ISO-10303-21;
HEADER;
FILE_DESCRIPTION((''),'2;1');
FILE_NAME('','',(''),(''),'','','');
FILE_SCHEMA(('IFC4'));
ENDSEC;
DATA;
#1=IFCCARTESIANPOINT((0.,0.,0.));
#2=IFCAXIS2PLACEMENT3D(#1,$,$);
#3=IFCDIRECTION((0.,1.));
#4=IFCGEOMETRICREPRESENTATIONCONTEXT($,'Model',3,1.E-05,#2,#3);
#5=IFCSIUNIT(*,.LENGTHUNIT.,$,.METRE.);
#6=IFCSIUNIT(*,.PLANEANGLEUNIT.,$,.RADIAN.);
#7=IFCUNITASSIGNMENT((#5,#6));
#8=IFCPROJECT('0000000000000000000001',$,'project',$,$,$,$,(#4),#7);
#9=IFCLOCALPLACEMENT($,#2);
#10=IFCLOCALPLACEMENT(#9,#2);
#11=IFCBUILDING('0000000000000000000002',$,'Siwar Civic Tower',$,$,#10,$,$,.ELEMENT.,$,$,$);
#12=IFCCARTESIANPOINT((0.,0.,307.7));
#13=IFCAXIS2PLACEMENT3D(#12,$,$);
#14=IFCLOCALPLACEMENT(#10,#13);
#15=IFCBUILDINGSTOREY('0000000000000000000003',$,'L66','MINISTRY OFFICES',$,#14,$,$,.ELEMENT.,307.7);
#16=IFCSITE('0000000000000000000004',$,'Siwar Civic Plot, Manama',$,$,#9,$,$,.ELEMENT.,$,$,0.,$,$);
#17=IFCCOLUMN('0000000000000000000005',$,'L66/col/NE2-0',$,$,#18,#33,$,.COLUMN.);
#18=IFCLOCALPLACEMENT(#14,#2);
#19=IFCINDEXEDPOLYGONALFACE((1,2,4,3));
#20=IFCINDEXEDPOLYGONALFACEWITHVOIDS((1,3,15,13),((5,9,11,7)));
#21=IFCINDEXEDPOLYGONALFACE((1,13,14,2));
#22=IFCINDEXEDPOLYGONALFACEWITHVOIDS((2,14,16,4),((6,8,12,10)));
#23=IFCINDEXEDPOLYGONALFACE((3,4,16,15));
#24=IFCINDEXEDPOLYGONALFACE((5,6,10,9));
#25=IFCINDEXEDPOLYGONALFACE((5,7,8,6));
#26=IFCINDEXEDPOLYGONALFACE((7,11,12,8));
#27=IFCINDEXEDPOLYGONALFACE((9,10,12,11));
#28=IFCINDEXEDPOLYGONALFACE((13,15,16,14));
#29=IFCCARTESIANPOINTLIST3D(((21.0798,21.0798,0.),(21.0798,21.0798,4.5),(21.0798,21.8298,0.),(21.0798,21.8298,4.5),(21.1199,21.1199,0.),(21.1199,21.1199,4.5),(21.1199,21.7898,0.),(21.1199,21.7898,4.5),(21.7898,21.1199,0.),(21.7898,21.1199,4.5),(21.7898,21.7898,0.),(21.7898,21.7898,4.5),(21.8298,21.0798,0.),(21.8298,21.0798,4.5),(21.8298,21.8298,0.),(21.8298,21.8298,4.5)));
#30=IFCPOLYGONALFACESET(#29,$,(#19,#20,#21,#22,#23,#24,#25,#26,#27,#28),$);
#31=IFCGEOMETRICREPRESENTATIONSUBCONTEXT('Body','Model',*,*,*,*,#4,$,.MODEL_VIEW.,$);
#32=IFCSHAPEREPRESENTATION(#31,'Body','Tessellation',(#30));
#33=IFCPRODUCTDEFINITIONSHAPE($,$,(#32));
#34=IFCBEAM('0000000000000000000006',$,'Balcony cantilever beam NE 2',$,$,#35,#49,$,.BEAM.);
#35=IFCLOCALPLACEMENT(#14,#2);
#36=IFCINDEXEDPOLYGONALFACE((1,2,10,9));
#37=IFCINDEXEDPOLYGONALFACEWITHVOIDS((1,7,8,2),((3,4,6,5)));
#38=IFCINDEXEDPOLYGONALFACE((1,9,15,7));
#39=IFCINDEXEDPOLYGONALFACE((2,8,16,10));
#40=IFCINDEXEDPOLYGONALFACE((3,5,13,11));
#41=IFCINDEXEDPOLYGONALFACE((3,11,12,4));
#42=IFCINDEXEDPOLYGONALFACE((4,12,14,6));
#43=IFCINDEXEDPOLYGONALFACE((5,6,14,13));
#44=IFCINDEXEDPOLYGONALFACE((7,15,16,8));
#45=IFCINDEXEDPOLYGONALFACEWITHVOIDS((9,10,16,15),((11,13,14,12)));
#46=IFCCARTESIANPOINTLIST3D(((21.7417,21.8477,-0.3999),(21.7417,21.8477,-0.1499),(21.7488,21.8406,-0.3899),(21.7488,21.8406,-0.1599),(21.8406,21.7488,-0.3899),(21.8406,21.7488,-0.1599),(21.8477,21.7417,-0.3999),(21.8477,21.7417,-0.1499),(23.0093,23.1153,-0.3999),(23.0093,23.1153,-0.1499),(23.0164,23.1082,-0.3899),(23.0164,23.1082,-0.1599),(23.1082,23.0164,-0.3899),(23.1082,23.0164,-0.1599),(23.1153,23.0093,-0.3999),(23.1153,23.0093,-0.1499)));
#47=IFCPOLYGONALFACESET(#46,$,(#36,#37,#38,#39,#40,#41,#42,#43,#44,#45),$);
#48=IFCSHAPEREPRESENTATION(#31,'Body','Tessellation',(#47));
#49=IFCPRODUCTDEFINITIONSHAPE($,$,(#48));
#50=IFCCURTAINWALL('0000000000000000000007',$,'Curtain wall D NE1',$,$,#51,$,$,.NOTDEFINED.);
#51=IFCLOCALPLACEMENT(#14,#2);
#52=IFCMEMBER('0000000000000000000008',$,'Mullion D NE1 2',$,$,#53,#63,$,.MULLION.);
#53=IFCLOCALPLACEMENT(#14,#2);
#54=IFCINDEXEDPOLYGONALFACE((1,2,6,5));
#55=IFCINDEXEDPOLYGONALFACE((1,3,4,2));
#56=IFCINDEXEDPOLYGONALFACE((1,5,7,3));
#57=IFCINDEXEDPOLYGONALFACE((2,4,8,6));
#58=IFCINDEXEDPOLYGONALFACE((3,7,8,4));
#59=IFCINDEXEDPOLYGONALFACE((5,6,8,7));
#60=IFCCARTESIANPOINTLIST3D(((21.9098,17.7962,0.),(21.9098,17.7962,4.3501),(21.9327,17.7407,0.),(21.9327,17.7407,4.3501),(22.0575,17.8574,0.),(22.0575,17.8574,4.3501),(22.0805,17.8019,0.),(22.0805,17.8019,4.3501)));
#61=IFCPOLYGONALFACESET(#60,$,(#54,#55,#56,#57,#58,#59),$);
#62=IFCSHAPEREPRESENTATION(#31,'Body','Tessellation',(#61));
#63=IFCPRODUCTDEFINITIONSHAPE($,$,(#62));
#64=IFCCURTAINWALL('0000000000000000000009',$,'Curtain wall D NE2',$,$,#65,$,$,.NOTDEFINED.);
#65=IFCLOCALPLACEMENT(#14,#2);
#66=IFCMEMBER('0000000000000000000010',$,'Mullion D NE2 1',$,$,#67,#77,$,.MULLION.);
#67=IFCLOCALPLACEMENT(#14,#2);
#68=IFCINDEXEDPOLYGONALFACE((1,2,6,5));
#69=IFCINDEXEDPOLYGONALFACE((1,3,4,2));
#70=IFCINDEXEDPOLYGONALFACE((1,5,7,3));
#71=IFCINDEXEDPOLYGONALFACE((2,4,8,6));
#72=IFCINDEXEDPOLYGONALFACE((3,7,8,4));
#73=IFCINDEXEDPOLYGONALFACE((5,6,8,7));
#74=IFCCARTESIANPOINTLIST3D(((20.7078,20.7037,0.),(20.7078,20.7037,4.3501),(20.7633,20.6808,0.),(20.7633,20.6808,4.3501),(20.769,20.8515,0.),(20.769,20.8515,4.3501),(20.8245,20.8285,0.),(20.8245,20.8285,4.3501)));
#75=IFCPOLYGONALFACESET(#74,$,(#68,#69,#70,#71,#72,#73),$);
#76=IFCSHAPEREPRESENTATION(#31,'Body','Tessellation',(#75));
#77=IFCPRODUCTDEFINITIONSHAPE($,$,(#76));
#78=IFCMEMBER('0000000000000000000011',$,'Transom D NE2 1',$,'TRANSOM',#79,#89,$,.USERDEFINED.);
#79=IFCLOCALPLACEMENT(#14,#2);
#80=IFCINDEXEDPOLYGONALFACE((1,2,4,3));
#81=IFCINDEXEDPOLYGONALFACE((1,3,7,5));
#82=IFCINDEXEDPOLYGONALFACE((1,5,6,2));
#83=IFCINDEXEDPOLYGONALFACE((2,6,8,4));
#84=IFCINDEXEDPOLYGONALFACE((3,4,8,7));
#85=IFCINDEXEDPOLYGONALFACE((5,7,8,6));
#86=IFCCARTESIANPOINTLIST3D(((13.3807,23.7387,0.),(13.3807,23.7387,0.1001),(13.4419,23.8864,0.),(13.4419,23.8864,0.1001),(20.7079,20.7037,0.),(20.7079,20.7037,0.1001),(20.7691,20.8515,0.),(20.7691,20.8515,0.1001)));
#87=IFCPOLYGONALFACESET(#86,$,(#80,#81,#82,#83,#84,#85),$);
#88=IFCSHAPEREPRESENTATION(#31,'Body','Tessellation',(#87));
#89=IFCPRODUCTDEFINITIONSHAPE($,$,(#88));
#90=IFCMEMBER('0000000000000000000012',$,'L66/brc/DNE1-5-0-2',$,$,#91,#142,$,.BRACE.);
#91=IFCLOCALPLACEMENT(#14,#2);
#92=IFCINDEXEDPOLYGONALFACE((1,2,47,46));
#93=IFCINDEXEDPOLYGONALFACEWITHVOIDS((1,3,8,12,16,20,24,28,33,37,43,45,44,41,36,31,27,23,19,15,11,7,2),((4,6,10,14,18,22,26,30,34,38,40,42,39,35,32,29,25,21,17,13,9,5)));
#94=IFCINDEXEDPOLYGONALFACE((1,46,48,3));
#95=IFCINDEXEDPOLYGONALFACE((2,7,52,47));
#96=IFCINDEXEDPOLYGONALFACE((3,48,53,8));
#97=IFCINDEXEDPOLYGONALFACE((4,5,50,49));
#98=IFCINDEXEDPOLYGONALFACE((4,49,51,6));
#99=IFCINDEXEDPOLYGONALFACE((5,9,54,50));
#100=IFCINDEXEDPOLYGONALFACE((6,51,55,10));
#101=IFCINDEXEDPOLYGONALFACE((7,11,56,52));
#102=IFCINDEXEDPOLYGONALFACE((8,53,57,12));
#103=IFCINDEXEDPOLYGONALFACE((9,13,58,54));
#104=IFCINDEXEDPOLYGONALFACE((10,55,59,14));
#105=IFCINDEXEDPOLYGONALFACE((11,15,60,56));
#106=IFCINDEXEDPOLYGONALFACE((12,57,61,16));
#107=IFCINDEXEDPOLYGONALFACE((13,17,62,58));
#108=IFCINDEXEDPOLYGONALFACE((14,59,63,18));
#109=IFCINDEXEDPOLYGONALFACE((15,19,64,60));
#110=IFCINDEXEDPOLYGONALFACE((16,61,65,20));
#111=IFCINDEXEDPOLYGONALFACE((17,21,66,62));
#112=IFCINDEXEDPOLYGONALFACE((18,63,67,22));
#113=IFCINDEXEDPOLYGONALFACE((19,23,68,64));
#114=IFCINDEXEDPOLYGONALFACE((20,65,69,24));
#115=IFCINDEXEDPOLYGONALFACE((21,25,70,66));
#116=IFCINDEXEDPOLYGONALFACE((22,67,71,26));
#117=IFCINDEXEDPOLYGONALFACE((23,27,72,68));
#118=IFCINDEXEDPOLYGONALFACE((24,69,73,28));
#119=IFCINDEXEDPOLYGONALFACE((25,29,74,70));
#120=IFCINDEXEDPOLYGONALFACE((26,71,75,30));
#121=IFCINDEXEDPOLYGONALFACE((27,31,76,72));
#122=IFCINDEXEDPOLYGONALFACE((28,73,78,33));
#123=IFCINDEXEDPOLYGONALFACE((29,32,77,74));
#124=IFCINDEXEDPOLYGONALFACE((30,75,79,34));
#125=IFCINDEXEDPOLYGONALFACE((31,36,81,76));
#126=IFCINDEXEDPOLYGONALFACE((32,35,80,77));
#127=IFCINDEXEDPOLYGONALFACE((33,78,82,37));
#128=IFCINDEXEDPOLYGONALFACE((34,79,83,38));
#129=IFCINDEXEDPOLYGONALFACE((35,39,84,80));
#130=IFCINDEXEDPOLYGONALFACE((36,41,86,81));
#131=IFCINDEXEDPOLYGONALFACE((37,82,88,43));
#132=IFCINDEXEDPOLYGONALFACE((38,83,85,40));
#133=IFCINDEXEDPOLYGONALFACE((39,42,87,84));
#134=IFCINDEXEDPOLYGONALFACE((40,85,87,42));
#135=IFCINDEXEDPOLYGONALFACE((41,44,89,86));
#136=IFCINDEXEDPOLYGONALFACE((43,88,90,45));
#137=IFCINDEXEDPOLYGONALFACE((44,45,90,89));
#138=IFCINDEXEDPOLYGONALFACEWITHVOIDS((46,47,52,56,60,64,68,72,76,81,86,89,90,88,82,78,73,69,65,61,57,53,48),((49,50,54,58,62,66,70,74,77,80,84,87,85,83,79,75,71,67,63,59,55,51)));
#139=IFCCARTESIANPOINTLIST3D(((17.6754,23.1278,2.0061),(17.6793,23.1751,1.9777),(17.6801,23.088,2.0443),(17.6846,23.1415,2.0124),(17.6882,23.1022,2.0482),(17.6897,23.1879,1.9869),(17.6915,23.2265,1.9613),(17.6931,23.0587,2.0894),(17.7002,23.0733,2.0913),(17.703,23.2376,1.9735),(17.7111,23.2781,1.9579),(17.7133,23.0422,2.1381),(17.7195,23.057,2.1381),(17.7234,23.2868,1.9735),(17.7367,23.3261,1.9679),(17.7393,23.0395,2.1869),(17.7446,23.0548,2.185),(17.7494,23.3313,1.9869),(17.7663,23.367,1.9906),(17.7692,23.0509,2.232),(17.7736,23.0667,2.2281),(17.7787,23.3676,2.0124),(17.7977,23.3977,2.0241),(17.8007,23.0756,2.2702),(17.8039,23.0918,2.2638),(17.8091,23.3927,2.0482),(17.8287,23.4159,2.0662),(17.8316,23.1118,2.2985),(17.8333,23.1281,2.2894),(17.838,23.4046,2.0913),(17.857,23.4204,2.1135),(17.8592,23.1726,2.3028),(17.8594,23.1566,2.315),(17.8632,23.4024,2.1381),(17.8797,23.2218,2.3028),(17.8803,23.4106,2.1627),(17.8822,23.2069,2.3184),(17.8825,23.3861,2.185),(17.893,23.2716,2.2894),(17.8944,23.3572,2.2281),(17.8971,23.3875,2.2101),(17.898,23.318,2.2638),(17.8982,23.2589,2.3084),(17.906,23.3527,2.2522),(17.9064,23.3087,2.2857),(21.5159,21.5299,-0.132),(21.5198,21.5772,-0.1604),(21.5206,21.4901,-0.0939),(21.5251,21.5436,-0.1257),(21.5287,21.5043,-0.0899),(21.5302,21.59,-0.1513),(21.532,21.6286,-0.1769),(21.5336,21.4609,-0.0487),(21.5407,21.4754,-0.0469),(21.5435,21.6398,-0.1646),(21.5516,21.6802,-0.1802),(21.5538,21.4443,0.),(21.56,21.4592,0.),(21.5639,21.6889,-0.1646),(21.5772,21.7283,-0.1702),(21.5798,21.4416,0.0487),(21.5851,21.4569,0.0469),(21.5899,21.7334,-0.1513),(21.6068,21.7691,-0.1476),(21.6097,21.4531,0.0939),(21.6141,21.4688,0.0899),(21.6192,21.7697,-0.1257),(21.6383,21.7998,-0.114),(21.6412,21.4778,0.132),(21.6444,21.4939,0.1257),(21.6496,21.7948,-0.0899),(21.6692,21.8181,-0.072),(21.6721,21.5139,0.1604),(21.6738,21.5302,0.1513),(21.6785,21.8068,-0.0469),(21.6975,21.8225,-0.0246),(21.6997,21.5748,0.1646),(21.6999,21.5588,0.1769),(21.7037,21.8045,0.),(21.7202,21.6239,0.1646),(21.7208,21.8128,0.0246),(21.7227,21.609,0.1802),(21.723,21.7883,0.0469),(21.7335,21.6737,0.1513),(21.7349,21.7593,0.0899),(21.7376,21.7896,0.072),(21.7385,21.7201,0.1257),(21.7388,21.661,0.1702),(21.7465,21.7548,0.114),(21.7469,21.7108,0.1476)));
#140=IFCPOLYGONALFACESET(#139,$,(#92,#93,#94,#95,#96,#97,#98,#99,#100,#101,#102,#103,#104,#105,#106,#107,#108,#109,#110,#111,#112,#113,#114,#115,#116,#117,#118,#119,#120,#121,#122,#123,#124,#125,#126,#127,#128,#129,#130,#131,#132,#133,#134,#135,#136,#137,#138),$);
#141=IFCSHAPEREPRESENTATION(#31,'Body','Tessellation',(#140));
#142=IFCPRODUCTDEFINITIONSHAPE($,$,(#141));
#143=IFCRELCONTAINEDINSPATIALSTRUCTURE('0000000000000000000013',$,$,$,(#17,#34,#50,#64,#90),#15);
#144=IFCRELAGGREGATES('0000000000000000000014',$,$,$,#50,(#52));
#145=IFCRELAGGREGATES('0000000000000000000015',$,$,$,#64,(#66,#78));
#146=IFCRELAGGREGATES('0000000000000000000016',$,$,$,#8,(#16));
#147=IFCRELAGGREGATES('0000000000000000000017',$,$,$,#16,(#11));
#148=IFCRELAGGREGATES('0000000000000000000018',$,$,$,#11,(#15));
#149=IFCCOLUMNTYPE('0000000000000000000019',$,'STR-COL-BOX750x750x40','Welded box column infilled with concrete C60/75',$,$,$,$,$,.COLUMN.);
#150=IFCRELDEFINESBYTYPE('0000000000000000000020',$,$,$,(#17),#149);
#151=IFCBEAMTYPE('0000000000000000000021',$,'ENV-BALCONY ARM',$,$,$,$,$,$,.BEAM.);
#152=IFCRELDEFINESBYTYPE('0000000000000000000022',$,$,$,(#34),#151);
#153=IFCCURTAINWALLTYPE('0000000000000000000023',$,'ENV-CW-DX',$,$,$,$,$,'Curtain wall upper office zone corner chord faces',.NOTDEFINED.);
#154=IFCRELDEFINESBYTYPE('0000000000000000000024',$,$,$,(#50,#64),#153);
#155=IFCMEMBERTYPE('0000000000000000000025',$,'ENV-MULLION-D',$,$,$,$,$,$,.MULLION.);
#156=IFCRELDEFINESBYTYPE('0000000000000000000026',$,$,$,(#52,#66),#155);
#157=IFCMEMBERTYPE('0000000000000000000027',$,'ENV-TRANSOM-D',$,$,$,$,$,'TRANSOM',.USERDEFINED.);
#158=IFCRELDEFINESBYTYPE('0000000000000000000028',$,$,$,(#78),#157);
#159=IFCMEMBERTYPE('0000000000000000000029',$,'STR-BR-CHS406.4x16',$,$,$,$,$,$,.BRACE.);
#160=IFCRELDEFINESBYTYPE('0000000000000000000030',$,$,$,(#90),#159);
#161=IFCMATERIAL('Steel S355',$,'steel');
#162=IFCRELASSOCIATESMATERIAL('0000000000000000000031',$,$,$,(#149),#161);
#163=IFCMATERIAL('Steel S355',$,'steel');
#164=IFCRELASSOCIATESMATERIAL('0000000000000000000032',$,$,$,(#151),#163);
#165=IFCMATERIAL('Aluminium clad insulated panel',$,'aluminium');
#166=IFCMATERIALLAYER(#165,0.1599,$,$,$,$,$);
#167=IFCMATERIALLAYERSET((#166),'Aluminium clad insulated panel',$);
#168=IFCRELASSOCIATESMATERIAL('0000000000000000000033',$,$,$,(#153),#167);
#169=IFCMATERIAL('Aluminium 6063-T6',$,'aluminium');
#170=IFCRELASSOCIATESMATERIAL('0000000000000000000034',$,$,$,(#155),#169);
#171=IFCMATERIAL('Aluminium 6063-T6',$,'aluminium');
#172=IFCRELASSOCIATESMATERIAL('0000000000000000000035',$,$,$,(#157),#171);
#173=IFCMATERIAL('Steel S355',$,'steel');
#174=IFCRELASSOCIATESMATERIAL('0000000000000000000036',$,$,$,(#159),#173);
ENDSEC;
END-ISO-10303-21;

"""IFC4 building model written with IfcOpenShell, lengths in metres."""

from ifc_helpers import new_model, si_unit, direction, frame, origin, origin_2d, place, context, subcontext, project, spatial, rectangle, hollow_rectangle, hollow_circle, extrude, material, layer, layer_set, material_profile, profile_set, type_object, element, aggregate, save


model = new_model("IFC4")

# Units and contexts
model_context = context("Model", 3, precision=1e-05, world=origin(), true_north=direction((0.0, 1.0)))
body_context = subcontext(model_context, "Body", "Model", "MODEL_VIEW")
ifc_project = project(units=[si_unit("LENGTHUNIT", "METRE"), si_unit("PLANEANGLEUNIT", "RADIAN")], contexts=[model_context])

# Site, building, storey
site_placement = place(None, origin())
site = spatial("IfcSite", under=ifc_project, at=site_placement, Name="Siwar Civic Plot, Manama", CompositionType="ELEMENT", RefElevation=0.0)
building_placement = place(site_placement, origin())
building = spatial("IfcBuilding", under=site, at=building_placement, Name="Siwar Civic Tower", CompositionType="ELEMENT")
storey_placement = place(building_placement, frame((0.0, 0.0, 307.7)))
storey = spatial("IfcBuildingStorey", under=building, at=storey_placement, Name="L66", Description="MINISTRY OFFICES", CompositionType="ELEMENT", Elevation=307.7)

# Column
ifc_material_1 = material(Name="Steel S355", Category="steel")
ifc_material_profile_1 = material_profile(ifc_material_1, hollow_rectangle(XDim=0.75, YDim=0.75, WallThickness=0.04, at=origin_2d()), Name="BOX750x750x40")
ifc_profile_set_1 = profile_set([ifc_material_profile_1], Name="Steel S355")
column_type = type_object("IfcColumnType", Name="STR-COL-BOX750x750x40", Description="Welded box column infilled with concrete C60/75", PredefinedType="COLUMN", material=ifc_profile_set_1)
column_placement = place(storey_placement, frame((21.4548, 21.4548, 0.0), z_axis=(0.0, 0.0, 1.0), x_axis=(1.0, 0.0, 0.0)))
element("IfcColumn", 1, at=column_placement, inside=storey, type_object=column_type, Name="L66/col/NE2-0", PredefinedType="COLUMN", context=body_context, shape_type="SweptSolid", body=[
    extrude(hollow_rectangle(XDim=0.75, YDim=0.75, WallThickness=0.04, at=origin_2d()), origin(), (0.0, 0.0, 1.0), 4.5),
])

# Beam
ifc_material_2 = material(Name="Steel S355", Category="steel")
ifc_material_profile_2 = material_profile(ifc_material_2, hollow_rectangle(XDim=0.1499, YDim=0.25, WallThickness=0.01, at=origin_2d()), Name="RHS250x150x10")
ifc_profile_set_2 = profile_set([ifc_material_profile_2], Name="Steel S355")
beam_type_1 = type_object("IfcBeamType", Name="ENV-BALCONY ARM", PredefinedType="BEAM", material=ifc_profile_set_2)
beam_1_placement = place(storey_placement, frame((21.7947, 21.7947, -0.2749), z_axis=(0.707107, 0.707107, 0.0), x_axis=(-0.707107, 0.707107, 0.0)))
element("IfcBeam", 2, at=beam_1_placement, inside=storey, type_object=beam_type_1, Name="Balcony cantilever beam NE 2", PredefinedType="BEAM", context=body_context, shape_type="SweptSolid", body=[
    extrude(hollow_rectangle(XDim=0.1499, YDim=0.25, WallThickness=0.01, at=origin_2d()), origin(), (0.0, 0.0, 1.0), 1.7927),
])

# Curtain wall, member
ifc_material_3 = material(Name="Aluminium clad insulated panel", Category="aluminium")
ifc_layer_1 = layer(ifc_material_3, 0.1599)
ifc_layer_set_1 = layer_set([ifc_layer_1], Name="Aluminium clad insulated panel")
curtain_wall_type = type_object("IfcCurtainWallType", Name="ENV-CW-DX", ElementType="Curtain wall upper office zone corner chord faces", PredefinedType="NOTDEFINED", material=ifc_layer_set_1)
curtain_wall_1_placement = place(storey_placement, origin())
curtain_wall_1 = element("IfcCurtainWall", 3, at=curtain_wall_1_placement, inside=storey, type_object=curtain_wall_type, Name="Curtain wall D NE1", PredefinedType="NOTDEFINED")
ifc_material_4 = material(Name="Aluminium 6063-T6", Category="aluminium")
ifc_material_profile_3 = material_profile(ifc_material_4, rectangle(XDim=0.1599, YDim=0.0601, at=origin_2d()), Name="AL 160x60")
ifc_profile_set_3 = profile_set([ifc_material_profile_3], Name="Aluminium 6063-T6")
member_type_1 = type_object("IfcMemberType", Name="ENV-MULLION-D", PredefinedType="MULLION", material=ifc_profile_set_3)
member_1_placement = place(storey_placement, frame((21.9951, 17.7991, 0.0), z_axis=(0.0, 0.0, 1.0), x_axis=(-0.92388, -0.382683, 0.0)))
member_1 = element("IfcMember", 4, at=member_1_placement, type_object=member_type_1, Name="Mullion D NE1 2", PredefinedType="MULLION", context=body_context, shape_type="SweptSolid", body=[
    extrude(rectangle(XDim=0.1599, YDim=0.0601, at=origin_2d()), origin(), (0.0, 0.0, 1.0), 4.3501),
])

# Curtain wall, members
curtain_wall_2_placement = place(storey_placement, origin())
curtain_wall_2 = element("IfcCurtainWall", 5, at=curtain_wall_2_placement, inside=storey, type_object=curtain_wall_type, Name="Curtain wall D NE2", PredefinedType="NOTDEFINED")
member_2_placement = place(storey_placement, frame((20.7661, 20.7661, 0.0), z_axis=(0.0, 0.0, 1.0), x_axis=(-0.382683, -0.92388, 0.0)))
member_2 = element("IfcMember", 6, at=member_2_placement, type_object=member_type_1, Name="Mullion D NE2 1", PredefinedType="MULLION", context=body_context, shape_type="SweptSolid", body=[
    extrude(rectangle(XDim=0.1599, YDim=0.0601, at=origin_2d()), origin(), (0.0, 0.0, 1.0), 4.3501),
])
ifc_material_5 = material(Name="Aluminium 6063-T6", Category="aluminium")
ifc_material_profile_4 = material_profile(ifc_material_5, rectangle(XDim=0.1599, YDim=0.1001, at=origin_2d()), Name="AL 160x100")
ifc_profile_set_4 = profile_set([ifc_material_profile_4], Name="Aluminium 6063-T6")
member_type_2 = type_object("IfcMemberType", Name="ENV-TRANSOM-D", ElementType="TRANSOM", PredefinedType="USERDEFINED", material=ifc_profile_set_4)
member_3_placement = place(storey_placement, frame((20.7385, 20.7776, 0.05), z_axis=(-0.923884, 0.382674, 0.0), x_axis=(-0.382674, -0.923884, 0.0)))
member_3 = element("IfcMember", 7, at=member_3_placement, type_object=member_type_2, Name="Transom D NE2 1", ObjectType="TRANSOM", PredefinedType="USERDEFINED", context=body_context, shape_type="SweptSolid", body=[
    extrude(rectangle(XDim=0.1599, YDim=0.1001, at=origin_2d()), origin(), (0.0, 0.0, 1.0), 7.9309),
])

# Member
ifc_material_6 = material(Name="Steel S355", Category="steel")
ifc_material_profile_5 = material_profile(ifc_material_6, hollow_circle(Radius=0.2031, WallThickness=0.0161, at=origin_2d()), Name="CHS406.4x16")
ifc_profile_set_5 = profile_set([ifc_material_profile_5], Name="Steel S355")
member_type_3 = type_object("IfcMemberType", Name="STR-BR-CHS406.4x16", PredefinedType="BRACE", material=ifc_profile_set_5)
member_4_placement = place(storey_placement, frame((21.6318, 21.6318, 0.0), z_axis=(-0.821147, 0.341644, 0.457161), x_axis=(-0.384136, -0.923276, 0.0)))
element("IfcMember", 8, at=member_4_placement, inside=storey, type_object=member_type_3, Name="L66/brc/DNE1-5-0-2", PredefinedType="BRACE", context=body_context, shape_type="SweptSolid", body=[
    extrude(hollow_circle(Radius=0.2031, WallThickness=0.0161, at=origin_2d()), origin(), (0.0, 0.0, 1.0), 4.677),
])

aggregate(curtain_wall_1, [member_1])
aggregate(curtain_wall_2, [member_2, member_3])

save(model, "model.ifc")
